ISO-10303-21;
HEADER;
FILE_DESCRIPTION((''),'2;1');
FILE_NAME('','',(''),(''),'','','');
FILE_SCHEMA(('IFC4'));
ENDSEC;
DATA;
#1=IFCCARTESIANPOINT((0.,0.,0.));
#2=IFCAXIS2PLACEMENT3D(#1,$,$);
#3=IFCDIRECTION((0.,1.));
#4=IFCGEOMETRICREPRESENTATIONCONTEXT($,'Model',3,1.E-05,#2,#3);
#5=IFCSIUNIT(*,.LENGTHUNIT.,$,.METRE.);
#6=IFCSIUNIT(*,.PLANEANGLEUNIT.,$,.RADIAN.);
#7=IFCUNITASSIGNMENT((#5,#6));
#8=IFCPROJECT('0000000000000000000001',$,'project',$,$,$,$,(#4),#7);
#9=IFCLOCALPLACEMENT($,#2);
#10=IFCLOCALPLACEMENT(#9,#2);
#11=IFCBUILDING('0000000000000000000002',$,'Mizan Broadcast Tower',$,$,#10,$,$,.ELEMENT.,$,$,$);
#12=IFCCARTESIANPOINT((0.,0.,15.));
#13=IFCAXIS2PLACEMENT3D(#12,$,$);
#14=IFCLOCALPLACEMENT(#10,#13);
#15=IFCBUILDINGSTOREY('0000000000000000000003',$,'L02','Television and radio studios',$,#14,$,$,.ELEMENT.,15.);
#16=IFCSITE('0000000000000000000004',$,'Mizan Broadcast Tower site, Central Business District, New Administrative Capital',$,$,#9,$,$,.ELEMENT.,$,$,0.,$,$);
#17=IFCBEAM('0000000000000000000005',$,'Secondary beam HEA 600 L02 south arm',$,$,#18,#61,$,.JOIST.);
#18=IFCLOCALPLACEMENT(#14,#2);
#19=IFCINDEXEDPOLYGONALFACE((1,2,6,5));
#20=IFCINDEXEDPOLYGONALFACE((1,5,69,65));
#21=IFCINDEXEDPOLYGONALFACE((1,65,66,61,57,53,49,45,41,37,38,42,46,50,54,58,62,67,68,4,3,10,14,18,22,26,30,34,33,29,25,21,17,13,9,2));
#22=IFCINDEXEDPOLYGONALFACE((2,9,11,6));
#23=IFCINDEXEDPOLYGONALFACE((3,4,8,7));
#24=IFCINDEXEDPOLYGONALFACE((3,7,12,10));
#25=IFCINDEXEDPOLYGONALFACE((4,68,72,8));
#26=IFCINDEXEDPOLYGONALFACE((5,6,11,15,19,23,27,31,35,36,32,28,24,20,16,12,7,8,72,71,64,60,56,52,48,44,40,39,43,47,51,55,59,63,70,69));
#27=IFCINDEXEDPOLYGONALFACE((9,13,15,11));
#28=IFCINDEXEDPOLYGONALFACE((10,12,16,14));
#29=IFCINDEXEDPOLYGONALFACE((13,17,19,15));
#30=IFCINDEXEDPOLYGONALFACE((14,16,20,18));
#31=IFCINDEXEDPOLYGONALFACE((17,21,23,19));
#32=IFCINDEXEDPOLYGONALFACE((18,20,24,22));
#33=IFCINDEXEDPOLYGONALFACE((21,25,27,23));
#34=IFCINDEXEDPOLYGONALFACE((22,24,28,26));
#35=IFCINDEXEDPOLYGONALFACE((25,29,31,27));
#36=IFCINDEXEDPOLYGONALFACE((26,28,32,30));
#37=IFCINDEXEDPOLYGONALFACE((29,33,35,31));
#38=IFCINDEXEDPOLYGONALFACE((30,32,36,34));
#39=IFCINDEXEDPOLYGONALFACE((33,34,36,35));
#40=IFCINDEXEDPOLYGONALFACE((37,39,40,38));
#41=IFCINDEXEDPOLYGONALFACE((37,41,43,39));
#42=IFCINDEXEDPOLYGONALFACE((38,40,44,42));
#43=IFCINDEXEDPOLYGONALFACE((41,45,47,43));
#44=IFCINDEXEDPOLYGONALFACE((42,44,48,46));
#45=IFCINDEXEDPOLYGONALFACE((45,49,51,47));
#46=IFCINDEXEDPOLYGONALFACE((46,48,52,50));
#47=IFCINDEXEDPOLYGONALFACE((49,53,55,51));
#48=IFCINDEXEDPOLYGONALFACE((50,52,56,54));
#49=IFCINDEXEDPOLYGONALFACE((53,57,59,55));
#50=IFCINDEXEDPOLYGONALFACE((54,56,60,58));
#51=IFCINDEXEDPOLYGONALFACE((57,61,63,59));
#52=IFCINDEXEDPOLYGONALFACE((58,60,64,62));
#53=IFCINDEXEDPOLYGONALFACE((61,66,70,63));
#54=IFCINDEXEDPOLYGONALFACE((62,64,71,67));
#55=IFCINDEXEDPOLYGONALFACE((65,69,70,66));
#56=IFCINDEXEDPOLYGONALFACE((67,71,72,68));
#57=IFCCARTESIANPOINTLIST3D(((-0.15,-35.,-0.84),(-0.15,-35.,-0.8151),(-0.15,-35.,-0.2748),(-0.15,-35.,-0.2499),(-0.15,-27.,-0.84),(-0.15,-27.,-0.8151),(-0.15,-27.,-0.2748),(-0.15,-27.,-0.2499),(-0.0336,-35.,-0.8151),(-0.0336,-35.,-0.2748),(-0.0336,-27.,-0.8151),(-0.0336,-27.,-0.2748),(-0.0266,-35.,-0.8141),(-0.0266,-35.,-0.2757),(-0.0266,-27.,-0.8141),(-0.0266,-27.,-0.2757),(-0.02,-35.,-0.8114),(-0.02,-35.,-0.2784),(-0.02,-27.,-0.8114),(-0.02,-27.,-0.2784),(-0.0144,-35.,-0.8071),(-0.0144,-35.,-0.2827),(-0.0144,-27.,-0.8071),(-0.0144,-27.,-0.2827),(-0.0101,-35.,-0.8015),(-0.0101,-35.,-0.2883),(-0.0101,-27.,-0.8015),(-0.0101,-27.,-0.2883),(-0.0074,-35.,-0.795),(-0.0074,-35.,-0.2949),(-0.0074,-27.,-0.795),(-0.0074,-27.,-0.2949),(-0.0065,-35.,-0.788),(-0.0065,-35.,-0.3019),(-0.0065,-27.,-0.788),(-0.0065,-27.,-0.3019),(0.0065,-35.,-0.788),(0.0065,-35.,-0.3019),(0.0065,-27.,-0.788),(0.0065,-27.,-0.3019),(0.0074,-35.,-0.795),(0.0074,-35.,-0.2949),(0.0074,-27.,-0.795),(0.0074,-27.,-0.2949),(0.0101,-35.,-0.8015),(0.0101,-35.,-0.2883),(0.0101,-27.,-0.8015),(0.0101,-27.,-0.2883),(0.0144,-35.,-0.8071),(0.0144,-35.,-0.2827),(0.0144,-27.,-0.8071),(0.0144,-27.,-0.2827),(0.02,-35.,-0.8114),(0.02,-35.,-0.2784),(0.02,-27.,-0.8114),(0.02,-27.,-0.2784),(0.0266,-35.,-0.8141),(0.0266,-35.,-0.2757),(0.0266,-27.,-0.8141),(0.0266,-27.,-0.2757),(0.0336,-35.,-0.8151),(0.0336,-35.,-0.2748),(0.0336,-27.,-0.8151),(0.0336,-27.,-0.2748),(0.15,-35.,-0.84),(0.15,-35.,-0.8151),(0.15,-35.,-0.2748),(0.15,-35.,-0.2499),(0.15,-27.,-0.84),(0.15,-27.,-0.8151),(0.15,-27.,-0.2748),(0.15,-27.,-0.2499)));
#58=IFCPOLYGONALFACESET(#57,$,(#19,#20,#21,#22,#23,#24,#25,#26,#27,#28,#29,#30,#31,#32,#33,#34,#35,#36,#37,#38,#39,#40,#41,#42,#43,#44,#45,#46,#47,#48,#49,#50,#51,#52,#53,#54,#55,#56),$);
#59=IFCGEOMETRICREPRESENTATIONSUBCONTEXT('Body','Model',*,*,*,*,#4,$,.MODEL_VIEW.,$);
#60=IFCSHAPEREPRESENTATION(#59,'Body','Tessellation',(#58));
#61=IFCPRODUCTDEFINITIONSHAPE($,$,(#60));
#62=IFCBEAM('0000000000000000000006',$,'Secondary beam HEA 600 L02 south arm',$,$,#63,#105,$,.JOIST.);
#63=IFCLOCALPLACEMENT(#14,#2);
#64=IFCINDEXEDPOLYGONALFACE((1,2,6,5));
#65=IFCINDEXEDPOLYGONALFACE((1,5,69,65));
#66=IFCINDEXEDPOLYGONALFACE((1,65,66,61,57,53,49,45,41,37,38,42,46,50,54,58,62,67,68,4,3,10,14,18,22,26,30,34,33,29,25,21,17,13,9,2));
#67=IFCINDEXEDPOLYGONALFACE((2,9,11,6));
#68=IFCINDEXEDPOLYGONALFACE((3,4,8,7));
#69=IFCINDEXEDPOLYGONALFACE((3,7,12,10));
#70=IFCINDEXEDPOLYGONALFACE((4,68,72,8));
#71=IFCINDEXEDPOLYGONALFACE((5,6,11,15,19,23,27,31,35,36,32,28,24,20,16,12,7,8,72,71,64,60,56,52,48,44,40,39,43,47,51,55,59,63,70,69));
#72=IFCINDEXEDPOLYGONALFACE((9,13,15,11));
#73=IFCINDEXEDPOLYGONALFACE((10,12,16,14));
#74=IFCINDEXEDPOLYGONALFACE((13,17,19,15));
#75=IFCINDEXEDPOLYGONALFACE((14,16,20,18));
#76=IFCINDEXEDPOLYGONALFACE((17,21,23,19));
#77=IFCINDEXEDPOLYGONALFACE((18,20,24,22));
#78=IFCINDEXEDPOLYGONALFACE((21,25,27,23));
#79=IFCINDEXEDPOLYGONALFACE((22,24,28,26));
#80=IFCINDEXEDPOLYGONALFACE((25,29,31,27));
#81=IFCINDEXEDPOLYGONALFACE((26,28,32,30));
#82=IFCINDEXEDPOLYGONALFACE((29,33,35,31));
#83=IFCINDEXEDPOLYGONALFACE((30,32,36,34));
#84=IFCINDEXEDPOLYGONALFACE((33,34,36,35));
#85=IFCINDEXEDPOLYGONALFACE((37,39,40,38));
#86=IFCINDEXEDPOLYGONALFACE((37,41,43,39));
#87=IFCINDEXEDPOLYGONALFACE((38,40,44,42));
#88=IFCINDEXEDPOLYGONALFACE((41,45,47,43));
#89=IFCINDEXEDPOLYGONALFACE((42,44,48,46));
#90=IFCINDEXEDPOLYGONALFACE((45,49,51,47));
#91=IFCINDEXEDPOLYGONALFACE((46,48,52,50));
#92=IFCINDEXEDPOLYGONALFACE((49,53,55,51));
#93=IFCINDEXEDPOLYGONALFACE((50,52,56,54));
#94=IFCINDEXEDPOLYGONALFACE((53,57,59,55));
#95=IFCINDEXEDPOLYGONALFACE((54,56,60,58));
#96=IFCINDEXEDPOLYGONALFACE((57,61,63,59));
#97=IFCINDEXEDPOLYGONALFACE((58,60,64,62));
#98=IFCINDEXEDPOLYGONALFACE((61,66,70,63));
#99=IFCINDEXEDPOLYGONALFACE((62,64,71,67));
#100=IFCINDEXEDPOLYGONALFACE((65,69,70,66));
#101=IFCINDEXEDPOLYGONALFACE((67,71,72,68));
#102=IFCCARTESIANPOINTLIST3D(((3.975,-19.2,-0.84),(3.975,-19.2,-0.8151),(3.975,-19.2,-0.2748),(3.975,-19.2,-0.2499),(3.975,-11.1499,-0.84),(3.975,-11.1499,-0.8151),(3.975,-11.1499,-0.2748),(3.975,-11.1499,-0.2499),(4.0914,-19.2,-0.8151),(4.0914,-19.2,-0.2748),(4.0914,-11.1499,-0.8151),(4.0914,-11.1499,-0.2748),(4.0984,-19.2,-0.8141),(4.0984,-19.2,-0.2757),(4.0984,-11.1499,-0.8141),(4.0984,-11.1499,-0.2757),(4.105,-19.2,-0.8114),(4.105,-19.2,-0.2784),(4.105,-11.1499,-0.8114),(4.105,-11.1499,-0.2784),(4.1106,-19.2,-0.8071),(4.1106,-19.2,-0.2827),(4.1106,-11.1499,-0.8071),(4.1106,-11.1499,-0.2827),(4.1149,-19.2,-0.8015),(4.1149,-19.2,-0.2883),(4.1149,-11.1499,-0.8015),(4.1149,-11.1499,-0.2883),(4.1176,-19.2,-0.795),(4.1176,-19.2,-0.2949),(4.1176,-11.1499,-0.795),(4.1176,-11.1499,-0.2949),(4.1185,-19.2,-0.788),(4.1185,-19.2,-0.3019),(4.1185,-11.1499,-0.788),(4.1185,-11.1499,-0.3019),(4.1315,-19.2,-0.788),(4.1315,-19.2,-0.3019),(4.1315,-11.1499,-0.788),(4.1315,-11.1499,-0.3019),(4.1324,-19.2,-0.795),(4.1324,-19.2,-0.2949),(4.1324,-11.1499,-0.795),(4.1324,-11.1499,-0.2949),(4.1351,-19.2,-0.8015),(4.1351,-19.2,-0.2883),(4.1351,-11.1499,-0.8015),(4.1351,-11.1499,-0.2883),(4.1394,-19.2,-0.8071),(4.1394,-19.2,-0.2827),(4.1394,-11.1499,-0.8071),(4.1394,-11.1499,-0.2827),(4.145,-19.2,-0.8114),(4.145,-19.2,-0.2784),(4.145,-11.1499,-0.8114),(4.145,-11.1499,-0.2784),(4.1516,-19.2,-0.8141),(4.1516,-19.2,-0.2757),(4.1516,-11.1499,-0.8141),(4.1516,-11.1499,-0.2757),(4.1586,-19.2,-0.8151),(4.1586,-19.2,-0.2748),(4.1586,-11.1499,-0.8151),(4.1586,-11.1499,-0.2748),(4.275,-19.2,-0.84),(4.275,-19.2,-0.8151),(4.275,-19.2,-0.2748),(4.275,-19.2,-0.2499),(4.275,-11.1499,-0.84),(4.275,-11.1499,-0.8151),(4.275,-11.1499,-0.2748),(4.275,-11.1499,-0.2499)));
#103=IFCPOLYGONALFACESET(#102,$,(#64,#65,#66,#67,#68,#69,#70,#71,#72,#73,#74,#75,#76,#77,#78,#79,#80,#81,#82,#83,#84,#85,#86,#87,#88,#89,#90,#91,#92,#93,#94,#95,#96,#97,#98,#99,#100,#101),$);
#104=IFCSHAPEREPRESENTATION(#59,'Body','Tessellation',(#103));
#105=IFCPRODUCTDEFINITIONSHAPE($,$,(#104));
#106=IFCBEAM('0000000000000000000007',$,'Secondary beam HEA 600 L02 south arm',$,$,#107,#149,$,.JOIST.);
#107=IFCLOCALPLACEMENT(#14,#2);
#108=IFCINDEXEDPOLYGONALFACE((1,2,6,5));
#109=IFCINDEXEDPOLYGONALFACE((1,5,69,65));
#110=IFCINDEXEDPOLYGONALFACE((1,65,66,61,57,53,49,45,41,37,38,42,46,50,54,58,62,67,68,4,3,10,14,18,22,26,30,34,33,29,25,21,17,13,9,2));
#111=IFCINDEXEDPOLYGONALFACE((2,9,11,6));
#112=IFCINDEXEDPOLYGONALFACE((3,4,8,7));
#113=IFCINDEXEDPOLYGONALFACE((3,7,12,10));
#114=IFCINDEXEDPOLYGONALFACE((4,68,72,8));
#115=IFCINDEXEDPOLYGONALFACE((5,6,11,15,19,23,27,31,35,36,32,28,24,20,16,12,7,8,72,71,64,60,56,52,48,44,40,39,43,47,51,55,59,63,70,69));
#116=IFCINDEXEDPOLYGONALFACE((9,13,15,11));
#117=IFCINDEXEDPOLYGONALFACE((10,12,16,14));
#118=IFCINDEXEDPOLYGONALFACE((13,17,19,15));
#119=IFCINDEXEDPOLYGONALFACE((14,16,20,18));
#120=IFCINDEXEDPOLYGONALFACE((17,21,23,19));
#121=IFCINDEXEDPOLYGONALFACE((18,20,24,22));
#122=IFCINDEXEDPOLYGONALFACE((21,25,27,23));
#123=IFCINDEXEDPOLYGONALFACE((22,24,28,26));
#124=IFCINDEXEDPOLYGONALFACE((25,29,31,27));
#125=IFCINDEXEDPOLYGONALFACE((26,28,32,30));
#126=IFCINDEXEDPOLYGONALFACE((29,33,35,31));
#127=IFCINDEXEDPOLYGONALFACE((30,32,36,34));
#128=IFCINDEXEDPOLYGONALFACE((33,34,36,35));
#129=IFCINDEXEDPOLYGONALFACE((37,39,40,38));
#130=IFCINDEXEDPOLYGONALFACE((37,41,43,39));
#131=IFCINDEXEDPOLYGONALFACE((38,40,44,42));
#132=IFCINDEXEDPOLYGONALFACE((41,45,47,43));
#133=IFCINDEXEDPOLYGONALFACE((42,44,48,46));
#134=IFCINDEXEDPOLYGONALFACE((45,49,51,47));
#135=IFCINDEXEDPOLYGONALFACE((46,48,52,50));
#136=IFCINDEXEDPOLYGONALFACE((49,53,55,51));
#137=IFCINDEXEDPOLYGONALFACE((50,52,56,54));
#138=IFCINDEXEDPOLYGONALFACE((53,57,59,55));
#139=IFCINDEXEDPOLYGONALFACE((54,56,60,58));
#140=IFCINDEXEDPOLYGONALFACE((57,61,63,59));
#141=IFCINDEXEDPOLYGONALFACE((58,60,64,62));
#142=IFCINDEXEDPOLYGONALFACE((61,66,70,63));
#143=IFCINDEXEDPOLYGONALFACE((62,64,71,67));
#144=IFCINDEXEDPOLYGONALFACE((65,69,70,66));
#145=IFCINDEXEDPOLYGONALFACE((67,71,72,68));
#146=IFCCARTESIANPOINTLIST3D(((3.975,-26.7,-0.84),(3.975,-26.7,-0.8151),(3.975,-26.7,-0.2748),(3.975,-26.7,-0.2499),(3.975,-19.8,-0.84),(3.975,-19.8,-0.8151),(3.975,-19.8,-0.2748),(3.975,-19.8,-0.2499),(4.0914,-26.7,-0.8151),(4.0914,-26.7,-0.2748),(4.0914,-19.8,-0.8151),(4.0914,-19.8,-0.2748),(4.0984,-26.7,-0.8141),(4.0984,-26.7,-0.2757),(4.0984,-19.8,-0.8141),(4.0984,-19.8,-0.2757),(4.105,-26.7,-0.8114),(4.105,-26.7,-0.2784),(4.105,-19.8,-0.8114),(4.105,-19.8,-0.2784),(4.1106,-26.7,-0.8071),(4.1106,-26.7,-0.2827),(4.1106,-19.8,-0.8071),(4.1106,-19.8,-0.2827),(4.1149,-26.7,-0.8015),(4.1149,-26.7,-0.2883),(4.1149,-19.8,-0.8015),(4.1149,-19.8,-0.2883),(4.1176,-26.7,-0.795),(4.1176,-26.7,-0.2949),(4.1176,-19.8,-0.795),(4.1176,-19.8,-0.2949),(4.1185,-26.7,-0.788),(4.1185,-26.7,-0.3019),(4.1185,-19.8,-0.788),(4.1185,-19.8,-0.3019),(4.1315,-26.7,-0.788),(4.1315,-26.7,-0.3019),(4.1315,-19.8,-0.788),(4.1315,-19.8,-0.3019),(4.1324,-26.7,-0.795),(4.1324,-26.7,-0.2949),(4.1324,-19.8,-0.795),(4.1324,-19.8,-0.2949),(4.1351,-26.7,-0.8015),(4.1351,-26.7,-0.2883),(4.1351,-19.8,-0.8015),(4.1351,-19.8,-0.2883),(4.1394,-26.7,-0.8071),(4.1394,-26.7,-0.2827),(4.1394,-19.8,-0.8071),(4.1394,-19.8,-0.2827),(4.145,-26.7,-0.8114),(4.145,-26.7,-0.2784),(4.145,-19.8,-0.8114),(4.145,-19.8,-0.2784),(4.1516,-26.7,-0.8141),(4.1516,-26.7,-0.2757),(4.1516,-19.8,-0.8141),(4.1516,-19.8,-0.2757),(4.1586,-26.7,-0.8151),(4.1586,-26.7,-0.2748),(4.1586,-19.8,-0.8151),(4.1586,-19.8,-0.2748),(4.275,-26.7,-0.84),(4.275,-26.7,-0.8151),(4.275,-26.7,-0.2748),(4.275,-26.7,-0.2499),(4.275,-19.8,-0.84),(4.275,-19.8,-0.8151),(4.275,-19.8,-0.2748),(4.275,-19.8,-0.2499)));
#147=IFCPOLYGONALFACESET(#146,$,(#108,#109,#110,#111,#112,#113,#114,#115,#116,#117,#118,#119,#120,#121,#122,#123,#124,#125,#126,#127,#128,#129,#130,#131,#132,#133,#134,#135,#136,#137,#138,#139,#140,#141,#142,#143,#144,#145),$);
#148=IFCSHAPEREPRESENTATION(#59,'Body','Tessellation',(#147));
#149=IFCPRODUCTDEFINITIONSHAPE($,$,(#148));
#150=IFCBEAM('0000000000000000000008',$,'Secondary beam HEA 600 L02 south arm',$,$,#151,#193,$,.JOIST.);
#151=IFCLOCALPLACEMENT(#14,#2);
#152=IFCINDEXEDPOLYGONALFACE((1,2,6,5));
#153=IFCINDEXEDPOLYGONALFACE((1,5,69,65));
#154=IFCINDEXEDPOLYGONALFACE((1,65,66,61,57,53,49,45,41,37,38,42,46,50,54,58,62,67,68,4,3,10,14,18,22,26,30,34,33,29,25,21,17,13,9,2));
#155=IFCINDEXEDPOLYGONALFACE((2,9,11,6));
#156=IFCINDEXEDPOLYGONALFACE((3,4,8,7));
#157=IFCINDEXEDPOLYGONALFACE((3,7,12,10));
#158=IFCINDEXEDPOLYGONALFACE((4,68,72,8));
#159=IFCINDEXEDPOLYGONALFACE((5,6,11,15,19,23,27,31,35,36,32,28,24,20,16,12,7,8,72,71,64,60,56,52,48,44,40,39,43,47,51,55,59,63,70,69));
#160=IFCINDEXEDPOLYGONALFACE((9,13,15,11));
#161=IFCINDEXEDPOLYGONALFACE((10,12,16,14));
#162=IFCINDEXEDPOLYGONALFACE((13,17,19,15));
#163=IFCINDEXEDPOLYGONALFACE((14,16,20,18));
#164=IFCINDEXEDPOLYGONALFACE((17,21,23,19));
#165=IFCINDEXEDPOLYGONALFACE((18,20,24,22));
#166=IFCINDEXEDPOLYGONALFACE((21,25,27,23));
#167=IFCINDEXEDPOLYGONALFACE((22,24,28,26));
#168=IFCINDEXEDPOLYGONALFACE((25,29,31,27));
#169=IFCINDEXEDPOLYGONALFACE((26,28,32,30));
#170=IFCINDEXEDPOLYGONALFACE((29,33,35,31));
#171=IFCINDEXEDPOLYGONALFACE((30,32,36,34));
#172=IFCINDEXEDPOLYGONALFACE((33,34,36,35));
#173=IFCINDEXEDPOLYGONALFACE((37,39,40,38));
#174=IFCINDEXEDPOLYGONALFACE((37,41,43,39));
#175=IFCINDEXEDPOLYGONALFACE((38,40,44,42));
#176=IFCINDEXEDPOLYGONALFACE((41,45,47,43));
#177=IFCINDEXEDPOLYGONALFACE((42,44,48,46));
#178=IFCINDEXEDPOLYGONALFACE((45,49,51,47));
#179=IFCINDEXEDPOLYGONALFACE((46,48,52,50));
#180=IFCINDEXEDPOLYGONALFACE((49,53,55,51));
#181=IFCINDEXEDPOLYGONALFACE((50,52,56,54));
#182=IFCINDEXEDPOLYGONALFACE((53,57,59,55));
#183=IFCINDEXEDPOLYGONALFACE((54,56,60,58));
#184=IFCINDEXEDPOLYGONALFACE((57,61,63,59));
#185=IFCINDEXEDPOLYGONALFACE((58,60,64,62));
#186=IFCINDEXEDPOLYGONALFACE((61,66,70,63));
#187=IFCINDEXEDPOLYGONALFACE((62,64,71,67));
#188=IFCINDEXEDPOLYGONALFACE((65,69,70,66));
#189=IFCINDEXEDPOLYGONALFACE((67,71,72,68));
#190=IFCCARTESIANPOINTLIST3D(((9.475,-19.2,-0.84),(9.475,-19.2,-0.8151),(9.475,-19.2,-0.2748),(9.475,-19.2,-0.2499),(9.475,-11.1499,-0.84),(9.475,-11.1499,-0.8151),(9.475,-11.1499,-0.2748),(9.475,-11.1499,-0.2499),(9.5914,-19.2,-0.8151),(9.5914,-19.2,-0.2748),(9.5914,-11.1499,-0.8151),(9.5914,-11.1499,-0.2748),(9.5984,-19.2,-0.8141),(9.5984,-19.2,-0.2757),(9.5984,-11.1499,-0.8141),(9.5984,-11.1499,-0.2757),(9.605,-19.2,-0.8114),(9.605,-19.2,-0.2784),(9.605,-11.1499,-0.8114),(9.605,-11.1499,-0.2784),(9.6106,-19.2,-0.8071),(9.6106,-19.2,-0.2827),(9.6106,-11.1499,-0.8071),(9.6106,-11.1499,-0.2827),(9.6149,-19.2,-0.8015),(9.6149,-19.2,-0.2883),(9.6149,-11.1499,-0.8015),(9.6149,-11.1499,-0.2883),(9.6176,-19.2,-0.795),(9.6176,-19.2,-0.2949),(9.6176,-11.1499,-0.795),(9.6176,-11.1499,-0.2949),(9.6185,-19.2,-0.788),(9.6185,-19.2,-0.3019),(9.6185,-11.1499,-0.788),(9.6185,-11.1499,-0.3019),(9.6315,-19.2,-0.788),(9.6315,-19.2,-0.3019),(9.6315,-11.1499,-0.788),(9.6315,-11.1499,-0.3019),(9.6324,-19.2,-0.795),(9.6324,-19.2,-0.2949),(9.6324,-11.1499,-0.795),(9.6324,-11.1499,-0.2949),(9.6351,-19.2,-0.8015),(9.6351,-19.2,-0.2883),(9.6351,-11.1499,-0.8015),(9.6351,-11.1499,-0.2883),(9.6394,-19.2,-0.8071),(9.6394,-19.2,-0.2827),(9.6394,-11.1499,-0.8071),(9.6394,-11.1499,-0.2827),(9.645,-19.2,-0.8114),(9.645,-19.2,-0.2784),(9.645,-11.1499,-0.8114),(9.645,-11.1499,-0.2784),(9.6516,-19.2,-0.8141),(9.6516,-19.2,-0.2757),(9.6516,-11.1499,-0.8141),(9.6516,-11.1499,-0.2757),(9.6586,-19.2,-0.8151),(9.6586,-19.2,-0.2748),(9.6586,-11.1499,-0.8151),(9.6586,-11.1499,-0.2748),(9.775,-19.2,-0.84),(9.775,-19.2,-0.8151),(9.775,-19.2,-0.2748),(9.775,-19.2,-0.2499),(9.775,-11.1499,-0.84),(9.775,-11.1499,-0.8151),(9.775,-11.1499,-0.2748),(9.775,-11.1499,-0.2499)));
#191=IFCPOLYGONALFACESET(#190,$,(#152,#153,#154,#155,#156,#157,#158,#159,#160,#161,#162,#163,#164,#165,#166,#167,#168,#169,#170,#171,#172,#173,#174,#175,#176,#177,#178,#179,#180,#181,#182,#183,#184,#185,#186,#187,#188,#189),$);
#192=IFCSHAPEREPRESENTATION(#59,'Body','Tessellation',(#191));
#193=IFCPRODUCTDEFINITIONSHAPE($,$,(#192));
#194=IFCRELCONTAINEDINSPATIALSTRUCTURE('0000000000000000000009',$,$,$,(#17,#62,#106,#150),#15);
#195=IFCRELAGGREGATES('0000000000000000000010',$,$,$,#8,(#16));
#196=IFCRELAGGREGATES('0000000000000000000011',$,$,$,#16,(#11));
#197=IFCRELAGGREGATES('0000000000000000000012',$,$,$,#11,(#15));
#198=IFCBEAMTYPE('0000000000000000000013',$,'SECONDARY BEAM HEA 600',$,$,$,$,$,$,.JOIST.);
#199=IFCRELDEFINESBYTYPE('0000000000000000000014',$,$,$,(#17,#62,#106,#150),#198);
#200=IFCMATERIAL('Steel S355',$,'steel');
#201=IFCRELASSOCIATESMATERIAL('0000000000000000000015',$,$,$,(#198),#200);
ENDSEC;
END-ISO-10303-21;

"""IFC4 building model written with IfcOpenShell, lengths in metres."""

from ifc_helpers import new_model, si_unit, direction, frame, origin, origin_2d, place, context, subcontext, project, spatial, i_section, extrude, material, material_profile, profile_set, type_object, element, save


model = new_model("IFC4")

# Units and contexts
model_context = context("Model", 3, precision=1e-05, world=origin(), true_north=direction((0.0, 1.0)))
body_context = subcontext(model_context, "Body", "Model", "MODEL_VIEW")
ifc_project = project(units=[si_unit("LENGTHUNIT", "METRE"), si_unit("PLANEANGLEUNIT", "RADIAN")], contexts=[model_context])

# Site, building, storey
site_placement = place(None, origin())
site = spatial("IfcSite", under=ifc_project, at=site_placement, Name="Mizan Broadcast Tower site, Central Business District, New Administrative Capital", CompositionType="ELEMENT", RefElevation=0.0)
building_placement = place(site_placement, origin())
building = spatial("IfcBuilding", under=site, at=building_placement, Name="Mizan Broadcast Tower", CompositionType="ELEMENT")
storey_placement = place(building_placement, frame((0.0, 0.0, 15.0)))
storey = spatial("IfcBuildingStorey", under=building, at=storey_placement, Name="L02", Description="Television and radio studios", CompositionType="ELEMENT", Elevation=15.0)

# Beams
ifc_material_1 = material(Name="Steel S355", Category="steel")
ifc_material_profile_1 = material_profile(ifc_material_1, i_section(OverallWidth=0.3, OverallDepth=0.5901, WebThickness=0.0129, FlangeThickness=0.0249, FilletRadius=0.0271, at=origin_2d()), Name="HEA 600")
ifc_profile_set_1 = profile_set([ifc_material_profile_1], Name="Steel S355")
beam_type_1 = type_object("IfcBeamType", Name="SECONDARY BEAM HEA 600", PredefinedType="JOIST", material=ifc_profile_set_1)
beam_1_placement = place(storey_placement, frame((0.0, -27.0, -0.5449), z_axis=(0.0, -1.0, 0.0), x_axis=(1.0, 0.0, 0.0)))
element("IfcBeam", 1, at=beam_1_placement, inside=storey, type_object=beam_type_1, Name="Secondary beam HEA 600 L02 south arm", PredefinedType="JOIST", context=body_context, shape_type="SweptSolid", body=[
    extrude(i_section(OverallWidth=0.3, OverallDepth=0.5901, WebThickness=0.0129, FlangeThickness=0.0249, FilletRadius=0.0271, at=origin_2d()), origin(), (0.0, 0.0, 1.0), 8.0),
])
beam_2_placement = place(storey_placement, frame((4.125, -11.1499, -0.5449), z_axis=(0.0, -1.0, 0.0), x_axis=(1.0, 0.0, 0.0)))
element("IfcBeam", 2, at=beam_2_placement, inside=storey, type_object=beam_type_1, Name="Secondary beam HEA 600 L02 south arm", PredefinedType="JOIST", context=body_context, shape_type="SweptSolid", body=[
    extrude(i_section(OverallWidth=0.3, OverallDepth=0.5901, WebThickness=0.0129, FlangeThickness=0.0249, FilletRadius=0.0271, at=origin_2d()), origin(), (0.0, 0.0, 1.0), 8.05),
])
beam_3_placement = place(storey_placement, frame((4.125, -19.8, -0.5449), z_axis=(0.0, -1.0, 0.0), x_axis=(1.0, 0.0, 0.0)))
element("IfcBeam", 3, at=beam_3_placement, inside=storey, type_object=beam_type_1, Name="Secondary beam HEA 600 L02 south arm", PredefinedType="JOIST", context=body_context, shape_type="SweptSolid", body=[
    extrude(i_section(OverallWidth=0.3, OverallDepth=0.5901, WebThickness=0.0129, FlangeThickness=0.0249, FilletRadius=0.0271, at=origin_2d()), origin(), (0.0, 0.0, 1.0), 6.8999),
])
beam_4_placement = place(storey_placement, frame((9.625, -11.1499, -0.5449), z_axis=(0.0, -1.0, 0.0), x_axis=(1.0, 0.0, 0.0)))
element("IfcBeam", 4, at=beam_4_placement, inside=storey, type_object=beam_type_1, Name="Secondary beam HEA 600 L02 south arm", PredefinedType="JOIST", context=body_context, shape_type="SweptSolid", body=[
    extrude(i_section(OverallWidth=0.3, OverallDepth=0.5901, WebThickness=0.0129, FlangeThickness=0.0249, FilletRadius=0.0271, at=origin_2d()), origin(), (0.0, 0.0, 1.0), 8.05),
])

save(model, "model.ifc")
